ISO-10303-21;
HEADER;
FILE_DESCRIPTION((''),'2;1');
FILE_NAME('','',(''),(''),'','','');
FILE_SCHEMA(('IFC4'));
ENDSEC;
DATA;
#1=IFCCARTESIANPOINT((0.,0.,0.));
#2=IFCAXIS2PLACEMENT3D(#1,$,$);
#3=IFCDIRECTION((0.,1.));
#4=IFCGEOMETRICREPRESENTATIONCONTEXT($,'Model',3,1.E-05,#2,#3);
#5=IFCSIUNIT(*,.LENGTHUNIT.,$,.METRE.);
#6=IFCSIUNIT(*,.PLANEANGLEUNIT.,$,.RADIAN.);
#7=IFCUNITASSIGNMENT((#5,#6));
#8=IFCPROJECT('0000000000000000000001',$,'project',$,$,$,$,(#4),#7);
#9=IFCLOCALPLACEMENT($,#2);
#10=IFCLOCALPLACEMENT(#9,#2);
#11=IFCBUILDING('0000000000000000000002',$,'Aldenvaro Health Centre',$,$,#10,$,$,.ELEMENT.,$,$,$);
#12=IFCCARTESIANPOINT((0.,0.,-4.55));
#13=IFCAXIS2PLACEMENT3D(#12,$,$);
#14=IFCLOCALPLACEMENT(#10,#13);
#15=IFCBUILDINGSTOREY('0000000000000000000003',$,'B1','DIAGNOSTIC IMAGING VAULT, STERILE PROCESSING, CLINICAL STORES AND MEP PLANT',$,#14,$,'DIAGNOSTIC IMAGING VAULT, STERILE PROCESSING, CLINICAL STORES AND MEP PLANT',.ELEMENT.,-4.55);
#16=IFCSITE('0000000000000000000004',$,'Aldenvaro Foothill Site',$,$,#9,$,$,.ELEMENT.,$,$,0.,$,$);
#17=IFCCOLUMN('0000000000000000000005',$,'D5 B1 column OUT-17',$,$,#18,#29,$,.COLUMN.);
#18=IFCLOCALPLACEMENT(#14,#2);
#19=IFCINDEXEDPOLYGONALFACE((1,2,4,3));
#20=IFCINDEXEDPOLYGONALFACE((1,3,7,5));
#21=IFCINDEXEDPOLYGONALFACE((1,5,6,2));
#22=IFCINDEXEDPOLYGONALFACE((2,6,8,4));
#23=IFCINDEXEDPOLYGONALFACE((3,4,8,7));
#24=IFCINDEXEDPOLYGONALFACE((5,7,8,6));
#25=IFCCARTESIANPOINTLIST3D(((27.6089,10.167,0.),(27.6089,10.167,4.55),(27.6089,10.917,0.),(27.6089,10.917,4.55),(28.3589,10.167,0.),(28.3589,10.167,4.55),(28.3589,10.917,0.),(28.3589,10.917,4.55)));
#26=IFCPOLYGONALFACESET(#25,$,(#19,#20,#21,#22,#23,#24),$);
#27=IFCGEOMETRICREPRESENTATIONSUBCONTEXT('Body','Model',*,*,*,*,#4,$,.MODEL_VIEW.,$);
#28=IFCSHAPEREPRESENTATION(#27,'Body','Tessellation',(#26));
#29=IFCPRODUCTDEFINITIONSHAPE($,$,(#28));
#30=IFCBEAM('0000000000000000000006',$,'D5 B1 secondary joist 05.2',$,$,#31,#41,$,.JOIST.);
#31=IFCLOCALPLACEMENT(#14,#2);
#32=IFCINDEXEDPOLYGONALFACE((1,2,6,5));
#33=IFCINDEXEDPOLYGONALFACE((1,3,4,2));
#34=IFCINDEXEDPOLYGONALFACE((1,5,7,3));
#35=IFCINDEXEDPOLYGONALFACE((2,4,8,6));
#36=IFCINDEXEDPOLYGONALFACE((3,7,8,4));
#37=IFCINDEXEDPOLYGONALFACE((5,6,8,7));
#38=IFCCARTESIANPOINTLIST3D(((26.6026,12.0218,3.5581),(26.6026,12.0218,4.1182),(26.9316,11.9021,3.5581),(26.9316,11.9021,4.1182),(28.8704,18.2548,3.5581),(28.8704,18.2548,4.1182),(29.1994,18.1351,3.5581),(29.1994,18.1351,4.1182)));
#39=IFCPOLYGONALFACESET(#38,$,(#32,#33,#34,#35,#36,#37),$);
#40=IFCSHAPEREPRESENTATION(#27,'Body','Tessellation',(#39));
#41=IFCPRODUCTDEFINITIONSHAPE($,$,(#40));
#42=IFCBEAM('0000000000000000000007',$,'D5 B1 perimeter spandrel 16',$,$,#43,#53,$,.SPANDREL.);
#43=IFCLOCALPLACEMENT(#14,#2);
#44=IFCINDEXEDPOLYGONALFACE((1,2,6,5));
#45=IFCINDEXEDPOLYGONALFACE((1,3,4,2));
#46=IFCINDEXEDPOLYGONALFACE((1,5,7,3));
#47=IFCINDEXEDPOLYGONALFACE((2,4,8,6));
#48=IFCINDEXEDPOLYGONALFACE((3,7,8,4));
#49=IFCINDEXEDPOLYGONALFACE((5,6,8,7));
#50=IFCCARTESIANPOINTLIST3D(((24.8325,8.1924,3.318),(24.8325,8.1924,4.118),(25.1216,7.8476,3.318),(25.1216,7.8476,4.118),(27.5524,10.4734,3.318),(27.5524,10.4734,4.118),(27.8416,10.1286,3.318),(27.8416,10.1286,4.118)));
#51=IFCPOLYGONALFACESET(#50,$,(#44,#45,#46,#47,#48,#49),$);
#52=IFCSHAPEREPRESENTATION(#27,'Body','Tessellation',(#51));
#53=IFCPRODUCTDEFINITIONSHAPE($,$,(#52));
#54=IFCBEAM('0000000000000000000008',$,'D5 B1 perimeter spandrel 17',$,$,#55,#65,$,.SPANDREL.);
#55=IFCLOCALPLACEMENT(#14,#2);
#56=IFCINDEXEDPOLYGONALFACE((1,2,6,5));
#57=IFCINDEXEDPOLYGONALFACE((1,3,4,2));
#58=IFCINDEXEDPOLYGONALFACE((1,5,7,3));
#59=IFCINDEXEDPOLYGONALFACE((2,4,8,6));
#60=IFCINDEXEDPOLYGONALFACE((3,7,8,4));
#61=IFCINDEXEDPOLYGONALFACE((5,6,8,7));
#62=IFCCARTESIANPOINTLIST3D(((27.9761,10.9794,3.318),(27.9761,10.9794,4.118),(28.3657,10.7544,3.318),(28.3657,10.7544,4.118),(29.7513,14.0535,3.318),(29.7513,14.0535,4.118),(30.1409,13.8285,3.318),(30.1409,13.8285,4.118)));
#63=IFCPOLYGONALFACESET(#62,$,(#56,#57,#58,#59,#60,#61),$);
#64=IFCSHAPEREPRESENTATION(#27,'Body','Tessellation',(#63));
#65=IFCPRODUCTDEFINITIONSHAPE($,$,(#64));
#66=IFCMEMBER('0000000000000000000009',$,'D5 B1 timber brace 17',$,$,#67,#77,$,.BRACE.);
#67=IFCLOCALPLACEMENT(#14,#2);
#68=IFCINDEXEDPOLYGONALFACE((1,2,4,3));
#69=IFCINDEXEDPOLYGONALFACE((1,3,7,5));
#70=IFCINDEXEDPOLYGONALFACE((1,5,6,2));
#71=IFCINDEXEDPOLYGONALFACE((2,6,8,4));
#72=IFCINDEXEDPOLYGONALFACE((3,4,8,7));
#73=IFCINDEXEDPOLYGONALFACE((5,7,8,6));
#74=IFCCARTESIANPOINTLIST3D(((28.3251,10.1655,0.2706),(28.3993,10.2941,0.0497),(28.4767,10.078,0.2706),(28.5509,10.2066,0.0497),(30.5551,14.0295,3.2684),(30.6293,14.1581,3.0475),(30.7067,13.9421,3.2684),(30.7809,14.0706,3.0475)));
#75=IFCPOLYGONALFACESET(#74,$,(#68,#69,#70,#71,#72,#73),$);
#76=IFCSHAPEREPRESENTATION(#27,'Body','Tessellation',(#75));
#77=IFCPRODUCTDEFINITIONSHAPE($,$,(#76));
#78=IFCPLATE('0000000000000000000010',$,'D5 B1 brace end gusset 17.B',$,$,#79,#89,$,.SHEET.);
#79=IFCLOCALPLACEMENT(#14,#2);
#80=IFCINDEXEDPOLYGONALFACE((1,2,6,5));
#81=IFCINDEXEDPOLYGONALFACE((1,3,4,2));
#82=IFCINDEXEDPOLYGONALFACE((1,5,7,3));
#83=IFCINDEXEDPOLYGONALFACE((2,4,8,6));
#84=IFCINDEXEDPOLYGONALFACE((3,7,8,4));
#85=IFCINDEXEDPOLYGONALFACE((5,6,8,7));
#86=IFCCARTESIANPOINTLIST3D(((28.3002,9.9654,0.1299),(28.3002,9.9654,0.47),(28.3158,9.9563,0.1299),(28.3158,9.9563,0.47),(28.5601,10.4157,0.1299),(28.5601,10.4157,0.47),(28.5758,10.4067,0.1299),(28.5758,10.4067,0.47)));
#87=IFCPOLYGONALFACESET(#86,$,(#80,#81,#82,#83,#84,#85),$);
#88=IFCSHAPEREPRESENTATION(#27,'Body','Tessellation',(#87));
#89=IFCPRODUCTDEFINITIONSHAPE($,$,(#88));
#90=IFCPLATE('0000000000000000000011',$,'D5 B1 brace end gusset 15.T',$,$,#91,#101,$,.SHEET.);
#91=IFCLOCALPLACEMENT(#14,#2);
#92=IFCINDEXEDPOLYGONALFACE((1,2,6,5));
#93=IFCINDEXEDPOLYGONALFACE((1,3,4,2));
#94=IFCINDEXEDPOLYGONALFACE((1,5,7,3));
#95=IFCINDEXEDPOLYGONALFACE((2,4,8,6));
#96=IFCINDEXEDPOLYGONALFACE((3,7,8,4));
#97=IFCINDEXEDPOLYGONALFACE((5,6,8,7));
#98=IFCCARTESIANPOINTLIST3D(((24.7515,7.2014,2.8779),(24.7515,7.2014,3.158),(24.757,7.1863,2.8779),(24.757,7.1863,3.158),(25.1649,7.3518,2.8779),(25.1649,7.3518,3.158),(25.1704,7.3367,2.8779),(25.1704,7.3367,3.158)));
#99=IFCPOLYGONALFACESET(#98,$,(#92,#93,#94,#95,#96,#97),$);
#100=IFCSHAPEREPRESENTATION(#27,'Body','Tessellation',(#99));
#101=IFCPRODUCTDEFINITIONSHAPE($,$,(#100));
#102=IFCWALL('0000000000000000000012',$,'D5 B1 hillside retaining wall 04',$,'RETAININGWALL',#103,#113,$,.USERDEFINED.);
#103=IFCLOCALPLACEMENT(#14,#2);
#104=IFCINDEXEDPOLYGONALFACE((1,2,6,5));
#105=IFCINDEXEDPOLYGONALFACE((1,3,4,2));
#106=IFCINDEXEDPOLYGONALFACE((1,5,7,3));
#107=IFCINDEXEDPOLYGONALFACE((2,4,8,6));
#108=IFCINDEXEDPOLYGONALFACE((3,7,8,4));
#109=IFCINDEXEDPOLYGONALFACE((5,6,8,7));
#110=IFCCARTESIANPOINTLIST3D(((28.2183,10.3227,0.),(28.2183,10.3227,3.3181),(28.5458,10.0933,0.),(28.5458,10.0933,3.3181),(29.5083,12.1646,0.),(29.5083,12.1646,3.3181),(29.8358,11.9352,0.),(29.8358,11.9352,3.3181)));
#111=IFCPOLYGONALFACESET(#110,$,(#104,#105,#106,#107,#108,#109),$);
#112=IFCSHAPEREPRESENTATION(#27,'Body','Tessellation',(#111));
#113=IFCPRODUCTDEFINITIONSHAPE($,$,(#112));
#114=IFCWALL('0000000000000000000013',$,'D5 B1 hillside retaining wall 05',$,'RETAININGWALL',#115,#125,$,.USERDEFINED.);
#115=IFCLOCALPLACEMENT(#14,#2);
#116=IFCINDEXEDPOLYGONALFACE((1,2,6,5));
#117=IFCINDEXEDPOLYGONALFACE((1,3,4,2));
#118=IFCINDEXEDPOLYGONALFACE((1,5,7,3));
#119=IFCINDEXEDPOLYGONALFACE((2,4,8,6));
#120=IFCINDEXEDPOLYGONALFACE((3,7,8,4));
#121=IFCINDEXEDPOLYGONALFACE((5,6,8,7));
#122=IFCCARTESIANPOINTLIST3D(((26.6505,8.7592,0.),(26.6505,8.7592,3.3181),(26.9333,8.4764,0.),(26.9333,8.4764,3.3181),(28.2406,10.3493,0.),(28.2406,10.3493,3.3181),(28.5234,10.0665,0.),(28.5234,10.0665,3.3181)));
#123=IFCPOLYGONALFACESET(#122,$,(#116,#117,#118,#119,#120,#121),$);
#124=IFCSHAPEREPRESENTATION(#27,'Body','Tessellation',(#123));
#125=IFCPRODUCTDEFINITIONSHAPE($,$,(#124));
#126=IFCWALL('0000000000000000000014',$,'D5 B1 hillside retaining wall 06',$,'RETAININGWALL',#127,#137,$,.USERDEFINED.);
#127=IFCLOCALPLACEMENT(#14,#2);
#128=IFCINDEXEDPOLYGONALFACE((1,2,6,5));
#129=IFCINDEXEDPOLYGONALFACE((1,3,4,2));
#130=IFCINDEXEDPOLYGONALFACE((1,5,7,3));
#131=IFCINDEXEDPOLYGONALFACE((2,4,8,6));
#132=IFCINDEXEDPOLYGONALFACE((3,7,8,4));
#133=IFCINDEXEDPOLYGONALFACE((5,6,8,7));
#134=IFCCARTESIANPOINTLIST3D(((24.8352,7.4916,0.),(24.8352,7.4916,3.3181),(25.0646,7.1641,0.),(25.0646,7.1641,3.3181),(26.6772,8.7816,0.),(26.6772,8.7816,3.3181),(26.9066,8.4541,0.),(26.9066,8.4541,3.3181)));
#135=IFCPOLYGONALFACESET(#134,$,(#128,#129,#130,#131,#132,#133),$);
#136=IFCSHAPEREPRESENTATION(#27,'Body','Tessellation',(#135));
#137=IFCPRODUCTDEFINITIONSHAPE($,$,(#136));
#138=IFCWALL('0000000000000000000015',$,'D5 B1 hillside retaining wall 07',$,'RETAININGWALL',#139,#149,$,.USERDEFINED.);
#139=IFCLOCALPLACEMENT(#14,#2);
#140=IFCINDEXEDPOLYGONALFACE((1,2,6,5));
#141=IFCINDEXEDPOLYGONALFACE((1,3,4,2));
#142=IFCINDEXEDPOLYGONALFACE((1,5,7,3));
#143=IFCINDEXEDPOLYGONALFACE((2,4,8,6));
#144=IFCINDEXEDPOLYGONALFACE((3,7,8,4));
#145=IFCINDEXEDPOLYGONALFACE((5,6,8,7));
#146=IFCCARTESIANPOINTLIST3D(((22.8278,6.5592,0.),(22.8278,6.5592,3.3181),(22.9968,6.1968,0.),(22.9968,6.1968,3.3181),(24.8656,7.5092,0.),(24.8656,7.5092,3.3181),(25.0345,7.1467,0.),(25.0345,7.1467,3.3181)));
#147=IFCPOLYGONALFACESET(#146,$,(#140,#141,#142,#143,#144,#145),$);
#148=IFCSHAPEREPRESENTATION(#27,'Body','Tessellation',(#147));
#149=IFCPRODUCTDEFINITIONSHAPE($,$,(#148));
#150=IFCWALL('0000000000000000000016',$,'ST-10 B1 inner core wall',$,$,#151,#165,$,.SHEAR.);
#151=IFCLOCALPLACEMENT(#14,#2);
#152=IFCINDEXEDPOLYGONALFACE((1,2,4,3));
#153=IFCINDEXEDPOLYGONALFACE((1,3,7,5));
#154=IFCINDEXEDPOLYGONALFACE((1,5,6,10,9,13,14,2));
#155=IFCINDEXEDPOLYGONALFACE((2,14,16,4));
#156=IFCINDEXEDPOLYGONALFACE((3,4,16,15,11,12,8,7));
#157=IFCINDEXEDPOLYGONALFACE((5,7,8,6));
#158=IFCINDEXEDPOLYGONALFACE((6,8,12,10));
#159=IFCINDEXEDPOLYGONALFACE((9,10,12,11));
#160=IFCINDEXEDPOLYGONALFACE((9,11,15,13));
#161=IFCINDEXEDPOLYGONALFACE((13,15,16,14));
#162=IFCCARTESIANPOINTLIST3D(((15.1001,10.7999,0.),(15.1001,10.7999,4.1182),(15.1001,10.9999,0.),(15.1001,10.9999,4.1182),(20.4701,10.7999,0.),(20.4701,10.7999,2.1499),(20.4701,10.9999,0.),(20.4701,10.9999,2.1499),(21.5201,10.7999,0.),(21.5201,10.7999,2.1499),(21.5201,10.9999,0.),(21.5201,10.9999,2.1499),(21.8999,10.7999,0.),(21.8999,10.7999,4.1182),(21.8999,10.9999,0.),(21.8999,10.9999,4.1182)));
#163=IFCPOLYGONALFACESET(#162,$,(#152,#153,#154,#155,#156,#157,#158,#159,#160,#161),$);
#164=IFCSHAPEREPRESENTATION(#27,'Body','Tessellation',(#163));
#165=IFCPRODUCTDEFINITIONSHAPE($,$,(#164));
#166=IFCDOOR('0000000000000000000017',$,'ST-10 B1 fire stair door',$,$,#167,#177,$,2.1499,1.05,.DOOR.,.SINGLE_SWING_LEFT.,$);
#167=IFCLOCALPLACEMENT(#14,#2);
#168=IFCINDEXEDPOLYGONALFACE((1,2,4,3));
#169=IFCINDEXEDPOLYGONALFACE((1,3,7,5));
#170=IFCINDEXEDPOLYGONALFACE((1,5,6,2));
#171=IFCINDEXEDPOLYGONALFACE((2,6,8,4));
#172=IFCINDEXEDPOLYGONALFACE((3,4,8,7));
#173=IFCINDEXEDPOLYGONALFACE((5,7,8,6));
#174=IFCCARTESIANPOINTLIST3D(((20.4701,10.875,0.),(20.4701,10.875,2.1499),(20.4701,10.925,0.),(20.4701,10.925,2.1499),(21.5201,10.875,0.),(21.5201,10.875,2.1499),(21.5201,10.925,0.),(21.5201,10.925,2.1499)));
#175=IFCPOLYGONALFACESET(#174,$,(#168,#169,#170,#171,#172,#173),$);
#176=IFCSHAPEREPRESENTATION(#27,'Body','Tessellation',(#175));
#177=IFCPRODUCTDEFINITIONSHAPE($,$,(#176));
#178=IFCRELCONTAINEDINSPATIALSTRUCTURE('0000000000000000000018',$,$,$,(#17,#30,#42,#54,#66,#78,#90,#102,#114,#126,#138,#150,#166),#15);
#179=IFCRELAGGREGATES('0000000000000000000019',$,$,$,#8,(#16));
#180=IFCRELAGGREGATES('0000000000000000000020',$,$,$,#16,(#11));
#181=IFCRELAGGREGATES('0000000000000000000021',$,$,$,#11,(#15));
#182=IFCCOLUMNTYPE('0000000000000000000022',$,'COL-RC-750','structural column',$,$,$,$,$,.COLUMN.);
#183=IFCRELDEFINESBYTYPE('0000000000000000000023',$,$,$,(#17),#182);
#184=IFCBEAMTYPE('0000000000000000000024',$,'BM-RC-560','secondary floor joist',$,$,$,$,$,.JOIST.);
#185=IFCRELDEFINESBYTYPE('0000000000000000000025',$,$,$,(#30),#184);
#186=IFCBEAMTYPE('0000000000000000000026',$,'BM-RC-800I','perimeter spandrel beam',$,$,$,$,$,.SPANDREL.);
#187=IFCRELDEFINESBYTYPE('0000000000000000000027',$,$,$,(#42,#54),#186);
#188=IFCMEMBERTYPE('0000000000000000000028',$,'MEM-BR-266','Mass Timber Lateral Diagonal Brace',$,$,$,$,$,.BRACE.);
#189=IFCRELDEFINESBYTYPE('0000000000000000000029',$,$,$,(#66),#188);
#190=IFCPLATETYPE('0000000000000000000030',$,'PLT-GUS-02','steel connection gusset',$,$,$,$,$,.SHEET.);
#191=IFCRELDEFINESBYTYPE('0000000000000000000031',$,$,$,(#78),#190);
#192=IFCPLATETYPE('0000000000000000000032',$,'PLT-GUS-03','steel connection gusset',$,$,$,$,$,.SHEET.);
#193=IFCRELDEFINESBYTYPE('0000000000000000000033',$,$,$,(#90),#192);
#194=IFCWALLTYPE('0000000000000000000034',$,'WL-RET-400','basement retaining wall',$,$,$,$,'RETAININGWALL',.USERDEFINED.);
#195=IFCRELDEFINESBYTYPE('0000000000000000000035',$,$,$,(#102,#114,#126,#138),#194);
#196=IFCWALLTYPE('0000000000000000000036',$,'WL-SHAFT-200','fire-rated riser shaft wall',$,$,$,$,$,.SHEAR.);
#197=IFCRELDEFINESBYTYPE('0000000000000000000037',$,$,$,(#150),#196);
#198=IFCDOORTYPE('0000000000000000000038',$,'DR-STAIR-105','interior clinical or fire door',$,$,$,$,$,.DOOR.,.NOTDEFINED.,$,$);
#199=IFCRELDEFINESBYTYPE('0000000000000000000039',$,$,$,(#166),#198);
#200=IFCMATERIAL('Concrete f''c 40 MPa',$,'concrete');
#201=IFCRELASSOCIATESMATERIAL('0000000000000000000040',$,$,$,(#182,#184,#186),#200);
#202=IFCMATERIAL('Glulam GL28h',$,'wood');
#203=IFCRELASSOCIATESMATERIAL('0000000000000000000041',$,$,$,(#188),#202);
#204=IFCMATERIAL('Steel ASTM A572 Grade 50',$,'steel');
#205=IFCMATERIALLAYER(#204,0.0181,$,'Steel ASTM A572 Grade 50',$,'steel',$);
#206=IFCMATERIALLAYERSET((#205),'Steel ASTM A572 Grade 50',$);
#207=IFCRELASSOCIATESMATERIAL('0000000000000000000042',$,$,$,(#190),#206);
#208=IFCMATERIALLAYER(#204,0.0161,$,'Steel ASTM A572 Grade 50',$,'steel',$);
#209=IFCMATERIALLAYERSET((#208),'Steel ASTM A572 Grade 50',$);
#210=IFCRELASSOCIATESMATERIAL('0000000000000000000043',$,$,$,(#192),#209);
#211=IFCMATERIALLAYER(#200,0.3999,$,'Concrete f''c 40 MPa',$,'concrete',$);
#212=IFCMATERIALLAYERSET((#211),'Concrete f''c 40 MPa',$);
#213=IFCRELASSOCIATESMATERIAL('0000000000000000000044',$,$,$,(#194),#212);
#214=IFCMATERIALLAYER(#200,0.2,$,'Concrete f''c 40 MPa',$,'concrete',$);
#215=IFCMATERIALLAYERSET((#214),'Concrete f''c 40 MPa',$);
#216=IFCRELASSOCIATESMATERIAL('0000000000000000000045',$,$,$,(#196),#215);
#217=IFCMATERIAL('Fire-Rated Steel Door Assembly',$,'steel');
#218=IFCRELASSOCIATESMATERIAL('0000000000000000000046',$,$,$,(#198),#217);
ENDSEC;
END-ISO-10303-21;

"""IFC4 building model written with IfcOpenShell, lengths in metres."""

from ifc_helpers import new_model, si_unit, direction, frame, frame_2d, origin, origin_2d, place, context, subcontext, project, spatial, rectangle, extrude, material, layer, layer_set, material_profile, profile_set, type_object, element, fill, save


model = new_model("IFC4")

# Units and contexts
model_context = context("Model", 3, precision=1e-05, world=origin(), true_north=direction((0.0, 1.0)))
body_context = subcontext(model_context, "Body", "Model", "MODEL_VIEW")
ifc_project = project(units=[si_unit("LENGTHUNIT", "METRE"), si_unit("PLANEANGLEUNIT", "RADIAN")], contexts=[model_context])

# Site, building, storey
site_placement = place(None, origin())
site = spatial("IfcSite", under=ifc_project, at=site_placement, Name="Aldenvaro Foothill Site", CompositionType="ELEMENT", RefElevation=0.0)
building_placement = place(site_placement, origin())
building = spatial("IfcBuilding", under=site, at=building_placement, Name="Aldenvaro Health Centre", CompositionType="ELEMENT")
storey_placement = place(building_placement, frame((0.0, 0.0, -4.55)))
storey = spatial("IfcBuildingStorey", under=building, at=storey_placement, Name="B1", Description="DIAGNOSTIC IMAGING VAULT, STERILE PROCESSING, CLINICAL STORES AND MEP PLANT", LongName="DIAGNOSTIC IMAGING VAULT, STERILE PROCESSING, CLINICAL STORES AND MEP PLANT", CompositionType="ELEMENT", Elevation=-4.55)

# Shared definitions
ifc_material_1 = material(Name="Concrete f'c 40 MPa", Category="concrete")

# Column
ifc_material_profile_1 = material_profile(ifc_material_1, rectangle(XDim=0.75, YDim=0.75, at=origin_2d()), Name="RC 750x750", Category="concrete")
ifc_profile_set_1 = profile_set([ifc_material_profile_1], Name="Concrete f'c 40 MPa")
column_type = type_object("IfcColumnType", Name="COL-RC-750", Description="structural column", PredefinedType="COLUMN", material=ifc_profile_set_1)
for number, where, z_axis, x_axis, name in (
    (1, (27.9839, 10.542, 0.0), (0.0, 0.0, 1.0), (1.0, 0.0, 0.0), "D5 B1 column OUT-17"),
):
    element("IfcColumn", number, at=place(storey_placement, frame(where, z_axis=z_axis, x_axis=x_axis)), inside=storey, type_object=column_type, Name=name, PredefinedType="COLUMN", context=body_context, shape_type="SweptSolid", body=[
        extrude(rectangle(XDim=0.75, YDim=0.75, at=origin_2d()), origin(), (0.0, 0.0, 1.0), 4.55),
    ])

# Beams
ifc_material_profile_2 = material_profile(ifc_material_1, rectangle(XDim=0.3501, YDim=0.5601, at=origin_2d()), Name="RC 350x560", Category="concrete")
ifc_profile_set_2 = profile_set([ifc_material_profile_2], Name="Concrete f'c 40 MPa")
beam_type_1 = type_object("IfcBeamType", Name="BM-RC-560", Description="secondary floor joist", PredefinedType="JOIST", material=ifc_profile_set_2)
beam_placement = place(storey_placement, frame((26.7671, 11.9619, 3.8381), z_axis=(0.341906, 0.939734, 0.0), x_axis=(-0.939734, 0.341906, 0.0)))
element("IfcBeam", 2, at=beam_placement, inside=storey, type_object=beam_type_1, Name="D5 B1 secondary joist 05.2", PredefinedType="JOIST", context=body_context, shape_type="SweptSolid", body=[
    extrude(rectangle(XDim=0.3501, YDim=0.5601, at=origin_2d()), origin(), (0.0, 0.0, 1.0), 6.6328),
])
ifc_material_profile_3 = material_profile(ifc_material_1, rectangle(XDim=0.45, YDim=0.8, at=origin_2d()), Name="RC 450x800", Category="concrete")
ifc_profile_set_3 = profile_set([ifc_material_profile_3], Name="Concrete f'c 40 MPa")
beam_type_2 = type_object("IfcBeamType", Name="BM-RC-800I", Description="perimeter spandrel beam", PredefinedType="SPANDREL", material=ifc_profile_set_3)
for number, where, z_axis, x_axis, name in (
    (3, (24.9771, 8.02, 3.718), (0.766228, 0.642569, 0.0), (-0.642569, 0.766228, 0.0), "D5 B1 perimeter spandrel 16"),
    (4, (28.1709, 10.8669, 3.718), (0.500082, 0.865978, 0.0), (-0.865978, 0.500082, 0.0), "D5 B1 perimeter spandrel 17"),
):
    element("IfcBeam", number, at=place(storey_placement, frame(where, z_axis=z_axis, x_axis=x_axis)), inside=storey, type_object=beam_type_2, Name=name, PredefinedType="SPANDREL", context=body_context, shape_type="SweptSolid", body=[
        extrude(rectangle(XDim=0.45, YDim=0.8, at=origin_2d()), origin(), (0.0, 0.0, 1.0), 3.5498),
    ])

# Member
ifc_material_2 = material(Name="Glulam GL28h", Category="wood")
ifc_material_profile_4 = material_profile(ifc_material_2, rectangle(XDim=0.175, YDim=0.2661, at=origin_2d()), Name="GL 175x266", Category="wood")
ifc_profile_set_4 = profile_set([ifc_material_profile_4], Name="Glulam GL28h")
member_type = type_object("IfcMemberType", Name="MEM-BR-266", Description="Mass Timber Lateral Diagonal Brace", PredefinedType="BRACE", material=ifc_profile_set_4)
member_placement = place(storey_placement, frame((28.438, 10.186, 0.1602), z_axis=(0.414883, 0.718891, 0.557734), x_axis=(-0.866114, 0.499847, 0.0)))
element("IfcMember", 5, at=member_placement, inside=storey, type_object=member_type, Name="D5 B1 timber brace 17", PredefinedType="BRACE", context=body_context, shape_type="SweptSolid", body=[
    extrude(rectangle(XDim=0.175, YDim=0.2661, at=origin_2d()), origin(), (0.0, 0.0, 1.0), 5.375),
])

# Plates
ifc_material_3 = material(Name="Steel ASTM A572 Grade 50", Category="steel")
ifc_layer_1 = layer(ifc_material_3, 0.0181, Name="Steel ASTM A572 Grade 50", Category="steel")
ifc_layer_set_1 = layer_set([ifc_layer_1], Name="Steel ASTM A572 Grade 50")
plate_type_1 = type_object("IfcPlateType", Name="PLT-GUS-02", Description="steel connection gusset", PredefinedType="SHEET", material=ifc_layer_set_1)
plate_1_placement = place(storey_placement, frame((28.438, 10.186, 0.1299), z_axis=(0.0, 0.0, 1.0), x_axis=(0.499849, 0.866113, 0.0)))
element("IfcPlate", 6, at=plate_1_placement, inside=storey, type_object=plate_type_1, Name="D5 B1 brace end gusset 17.B", PredefinedType="SHEET", context=body_context, shape_type="SweptSolid", body=[
    extrude(rectangle(XDim=0.52, YDim=0.0181, at=origin_2d()), origin(), (0.0, 0.0, 1.0), 0.3401),
])
ifc_layer_2 = layer(ifc_material_3, 0.0161, Name="Steel ASTM A572 Grade 50", Category="steel")
ifc_layer_set_2 = layer_set([ifc_layer_2], Name="Steel ASTM A572 Grade 50")
plate_type_2 = type_object("IfcPlateType", Name="PLT-GUS-03", Description="steel connection gusset", PredefinedType="SHEET", material=ifc_layer_set_2)
plate_2_placement = place(storey_placement, frame((24.9609, 7.269, 2.8779), z_axis=(0.0, 0.0, 1.0), x_axis=(0.939746, 0.341873, 0.0)))
element("IfcPlate", 7, at=plate_2_placement, inside=storey, type_object=plate_type_2, Name="D5 B1 brace end gusset 15.T", PredefinedType="SHEET", context=body_context, shape_type="SweptSolid", body=[
    extrude(rectangle(XDim=0.4399, YDim=0.0161, at=origin_2d()), origin(), (0.0, 0.0, 1.0), 0.28),
])

# Walls
ifc_layer_3 = layer(ifc_material_1, 0.3999, Name="Concrete f'c 40 MPa", Category="concrete")
ifc_layer_set_3 = layer_set([ifc_layer_3], Name="Concrete f'c 40 MPa")
wall_type_1 = type_object("IfcWallType", Name="WL-RET-400", Description="basement retaining wall", ElementType="RETAININGWALL", PredefinedType="USERDEFINED", material=ifc_layer_set_3)
for number, where, z_axis, x_axis, name in (
    (8, (29.6721, 12.05, 0.0), (0.0, 0.0, 1.0), (-0.573644, -0.819104, 0.0), "D5 B1 hillside retaining wall 04"),
    (9, (28.3821, 10.208, 0.0), (0.0, 0.0, 1.0), (-0.707107, -0.707107, 0.0), "D5 B1 hillside retaining wall 05"),
    (10, (26.792, 8.6179, 0.0), (0.0, 0.0, 1.0), (-0.819104, -0.573644, 0.0), "D5 B1 hillside retaining wall 06"),
):
    element("IfcWall", number, at=place(storey_placement, frame(where, z_axis=z_axis, x_axis=x_axis)), inside=storey, type_object=wall_type_1, Name=name, ObjectType="RETAININGWALL", PredefinedType="USERDEFINED", context=body_context, shape_type="SweptSolid", body=[
        extrude(rectangle(XDim=2.2488, YDim=0.3999, at=frame_2d((1.1245, 0.0))), origin(), (0.0, 0.0, 1.0), 3.3181),
    ])
wall_1_placement = place(storey_placement, frame((24.95, 7.3279, 0.0), z_axis=(0.0, 0.0, 1.0), x_axis=(-0.906361, -0.422505, 0.0)))
element("IfcWall", 11, at=wall_1_placement, inside=storey, type_object=wall_type_1, Name="D5 B1 hillside retaining wall 07", ObjectType="RETAININGWALL", PredefinedType="USERDEFINED", context=body_context, shape_type="SweptSolid", body=[
    extrude(rectangle(XDim=2.2483, YDim=0.3999, at=frame_2d((1.124, 0.0))), origin(), (0.0, 0.0, 1.0), 3.3181),
])

# Wall, opening, door
ifc_layer_4 = layer(ifc_material_1, 0.2, Name="Concrete f'c 40 MPa", Category="concrete")
ifc_layer_set_4 = layer_set([ifc_layer_4], Name="Concrete f'c 40 MPa")
wall_type_2 = type_object("IfcWallType", Name="WL-SHAFT-200", Description="fire-rated riser shaft wall", PredefinedType="SHEAR", material=ifc_layer_set_4)
wall_2_placement = place(storey_placement, frame((21.8999, 10.8999, 0.0), z_axis=(0.0, 0.0, 1.0), x_axis=(-1.0, 0.0, 0.0)))
wall_2 = element("IfcWall", 12, at=wall_2_placement, inside=storey, type_object=wall_type_2, Name="ST-10 B1 inner core wall", PredefinedType="SHEAR", context=body_context, shape_type="SweptSolid", body=[
    extrude(rectangle(XDim=6.7998, YDim=0.2, at=frame_2d((3.3999, 0.0))), origin(), (0.0, 0.0, 1.0), 4.1182),
])
opening_placement = place(wall_2_placement, frame((0.3799, 0.0, 0.0)))
opening = element("IfcOpeningElement", 13, at=opening_placement, cuts=wall_2, PredefinedType="OPENING", context=body_context, shape_type="SweptSolid", body=[
    extrude(rectangle(XDim=1.05, YDim=2.1499, at=frame_2d((0.5249, 1.075))), frame((0.0, 0.1099, 0.0), z_axis=(0.0, -1.0, 0.0), x_axis=(1.0, 0.0, 0.0)), (0.0, 0.0, 1.0), 0.22),
])
ifc_material_4 = material(Name="Fire-Rated Steel Door Assembly", Category="steel")
door_type = type_object("IfcDoorType", Name="DR-STAIR-105", Description="interior clinical or fire door", OperationType="NOTDEFINED", PredefinedType="DOOR", material=ifc_material_4)
door_placement = place(opening_placement, origin())
door = element("IfcDoor", 14, at=door_placement, inside=storey, type_object=door_type, Name="ST-10 B1 fire stair door", OperationType="SINGLE_SWING_LEFT", OverallHeight=2.1499, OverallWidth=1.05, PredefinedType="DOOR", context=body_context, shape_type="SweptSolid", body=[
    extrude(rectangle(XDim=1.05, YDim=2.1499, at=frame_2d((0.5249, 1.075))), frame((0.0, 0.0249, 0.0), z_axis=(0.0, -1.0, 0.0), x_axis=(1.0, 0.0, 0.0)), (0.0, 0.0, 1.0), 0.05),
])
fill(opening, door)

save(model, "model.ifc")
